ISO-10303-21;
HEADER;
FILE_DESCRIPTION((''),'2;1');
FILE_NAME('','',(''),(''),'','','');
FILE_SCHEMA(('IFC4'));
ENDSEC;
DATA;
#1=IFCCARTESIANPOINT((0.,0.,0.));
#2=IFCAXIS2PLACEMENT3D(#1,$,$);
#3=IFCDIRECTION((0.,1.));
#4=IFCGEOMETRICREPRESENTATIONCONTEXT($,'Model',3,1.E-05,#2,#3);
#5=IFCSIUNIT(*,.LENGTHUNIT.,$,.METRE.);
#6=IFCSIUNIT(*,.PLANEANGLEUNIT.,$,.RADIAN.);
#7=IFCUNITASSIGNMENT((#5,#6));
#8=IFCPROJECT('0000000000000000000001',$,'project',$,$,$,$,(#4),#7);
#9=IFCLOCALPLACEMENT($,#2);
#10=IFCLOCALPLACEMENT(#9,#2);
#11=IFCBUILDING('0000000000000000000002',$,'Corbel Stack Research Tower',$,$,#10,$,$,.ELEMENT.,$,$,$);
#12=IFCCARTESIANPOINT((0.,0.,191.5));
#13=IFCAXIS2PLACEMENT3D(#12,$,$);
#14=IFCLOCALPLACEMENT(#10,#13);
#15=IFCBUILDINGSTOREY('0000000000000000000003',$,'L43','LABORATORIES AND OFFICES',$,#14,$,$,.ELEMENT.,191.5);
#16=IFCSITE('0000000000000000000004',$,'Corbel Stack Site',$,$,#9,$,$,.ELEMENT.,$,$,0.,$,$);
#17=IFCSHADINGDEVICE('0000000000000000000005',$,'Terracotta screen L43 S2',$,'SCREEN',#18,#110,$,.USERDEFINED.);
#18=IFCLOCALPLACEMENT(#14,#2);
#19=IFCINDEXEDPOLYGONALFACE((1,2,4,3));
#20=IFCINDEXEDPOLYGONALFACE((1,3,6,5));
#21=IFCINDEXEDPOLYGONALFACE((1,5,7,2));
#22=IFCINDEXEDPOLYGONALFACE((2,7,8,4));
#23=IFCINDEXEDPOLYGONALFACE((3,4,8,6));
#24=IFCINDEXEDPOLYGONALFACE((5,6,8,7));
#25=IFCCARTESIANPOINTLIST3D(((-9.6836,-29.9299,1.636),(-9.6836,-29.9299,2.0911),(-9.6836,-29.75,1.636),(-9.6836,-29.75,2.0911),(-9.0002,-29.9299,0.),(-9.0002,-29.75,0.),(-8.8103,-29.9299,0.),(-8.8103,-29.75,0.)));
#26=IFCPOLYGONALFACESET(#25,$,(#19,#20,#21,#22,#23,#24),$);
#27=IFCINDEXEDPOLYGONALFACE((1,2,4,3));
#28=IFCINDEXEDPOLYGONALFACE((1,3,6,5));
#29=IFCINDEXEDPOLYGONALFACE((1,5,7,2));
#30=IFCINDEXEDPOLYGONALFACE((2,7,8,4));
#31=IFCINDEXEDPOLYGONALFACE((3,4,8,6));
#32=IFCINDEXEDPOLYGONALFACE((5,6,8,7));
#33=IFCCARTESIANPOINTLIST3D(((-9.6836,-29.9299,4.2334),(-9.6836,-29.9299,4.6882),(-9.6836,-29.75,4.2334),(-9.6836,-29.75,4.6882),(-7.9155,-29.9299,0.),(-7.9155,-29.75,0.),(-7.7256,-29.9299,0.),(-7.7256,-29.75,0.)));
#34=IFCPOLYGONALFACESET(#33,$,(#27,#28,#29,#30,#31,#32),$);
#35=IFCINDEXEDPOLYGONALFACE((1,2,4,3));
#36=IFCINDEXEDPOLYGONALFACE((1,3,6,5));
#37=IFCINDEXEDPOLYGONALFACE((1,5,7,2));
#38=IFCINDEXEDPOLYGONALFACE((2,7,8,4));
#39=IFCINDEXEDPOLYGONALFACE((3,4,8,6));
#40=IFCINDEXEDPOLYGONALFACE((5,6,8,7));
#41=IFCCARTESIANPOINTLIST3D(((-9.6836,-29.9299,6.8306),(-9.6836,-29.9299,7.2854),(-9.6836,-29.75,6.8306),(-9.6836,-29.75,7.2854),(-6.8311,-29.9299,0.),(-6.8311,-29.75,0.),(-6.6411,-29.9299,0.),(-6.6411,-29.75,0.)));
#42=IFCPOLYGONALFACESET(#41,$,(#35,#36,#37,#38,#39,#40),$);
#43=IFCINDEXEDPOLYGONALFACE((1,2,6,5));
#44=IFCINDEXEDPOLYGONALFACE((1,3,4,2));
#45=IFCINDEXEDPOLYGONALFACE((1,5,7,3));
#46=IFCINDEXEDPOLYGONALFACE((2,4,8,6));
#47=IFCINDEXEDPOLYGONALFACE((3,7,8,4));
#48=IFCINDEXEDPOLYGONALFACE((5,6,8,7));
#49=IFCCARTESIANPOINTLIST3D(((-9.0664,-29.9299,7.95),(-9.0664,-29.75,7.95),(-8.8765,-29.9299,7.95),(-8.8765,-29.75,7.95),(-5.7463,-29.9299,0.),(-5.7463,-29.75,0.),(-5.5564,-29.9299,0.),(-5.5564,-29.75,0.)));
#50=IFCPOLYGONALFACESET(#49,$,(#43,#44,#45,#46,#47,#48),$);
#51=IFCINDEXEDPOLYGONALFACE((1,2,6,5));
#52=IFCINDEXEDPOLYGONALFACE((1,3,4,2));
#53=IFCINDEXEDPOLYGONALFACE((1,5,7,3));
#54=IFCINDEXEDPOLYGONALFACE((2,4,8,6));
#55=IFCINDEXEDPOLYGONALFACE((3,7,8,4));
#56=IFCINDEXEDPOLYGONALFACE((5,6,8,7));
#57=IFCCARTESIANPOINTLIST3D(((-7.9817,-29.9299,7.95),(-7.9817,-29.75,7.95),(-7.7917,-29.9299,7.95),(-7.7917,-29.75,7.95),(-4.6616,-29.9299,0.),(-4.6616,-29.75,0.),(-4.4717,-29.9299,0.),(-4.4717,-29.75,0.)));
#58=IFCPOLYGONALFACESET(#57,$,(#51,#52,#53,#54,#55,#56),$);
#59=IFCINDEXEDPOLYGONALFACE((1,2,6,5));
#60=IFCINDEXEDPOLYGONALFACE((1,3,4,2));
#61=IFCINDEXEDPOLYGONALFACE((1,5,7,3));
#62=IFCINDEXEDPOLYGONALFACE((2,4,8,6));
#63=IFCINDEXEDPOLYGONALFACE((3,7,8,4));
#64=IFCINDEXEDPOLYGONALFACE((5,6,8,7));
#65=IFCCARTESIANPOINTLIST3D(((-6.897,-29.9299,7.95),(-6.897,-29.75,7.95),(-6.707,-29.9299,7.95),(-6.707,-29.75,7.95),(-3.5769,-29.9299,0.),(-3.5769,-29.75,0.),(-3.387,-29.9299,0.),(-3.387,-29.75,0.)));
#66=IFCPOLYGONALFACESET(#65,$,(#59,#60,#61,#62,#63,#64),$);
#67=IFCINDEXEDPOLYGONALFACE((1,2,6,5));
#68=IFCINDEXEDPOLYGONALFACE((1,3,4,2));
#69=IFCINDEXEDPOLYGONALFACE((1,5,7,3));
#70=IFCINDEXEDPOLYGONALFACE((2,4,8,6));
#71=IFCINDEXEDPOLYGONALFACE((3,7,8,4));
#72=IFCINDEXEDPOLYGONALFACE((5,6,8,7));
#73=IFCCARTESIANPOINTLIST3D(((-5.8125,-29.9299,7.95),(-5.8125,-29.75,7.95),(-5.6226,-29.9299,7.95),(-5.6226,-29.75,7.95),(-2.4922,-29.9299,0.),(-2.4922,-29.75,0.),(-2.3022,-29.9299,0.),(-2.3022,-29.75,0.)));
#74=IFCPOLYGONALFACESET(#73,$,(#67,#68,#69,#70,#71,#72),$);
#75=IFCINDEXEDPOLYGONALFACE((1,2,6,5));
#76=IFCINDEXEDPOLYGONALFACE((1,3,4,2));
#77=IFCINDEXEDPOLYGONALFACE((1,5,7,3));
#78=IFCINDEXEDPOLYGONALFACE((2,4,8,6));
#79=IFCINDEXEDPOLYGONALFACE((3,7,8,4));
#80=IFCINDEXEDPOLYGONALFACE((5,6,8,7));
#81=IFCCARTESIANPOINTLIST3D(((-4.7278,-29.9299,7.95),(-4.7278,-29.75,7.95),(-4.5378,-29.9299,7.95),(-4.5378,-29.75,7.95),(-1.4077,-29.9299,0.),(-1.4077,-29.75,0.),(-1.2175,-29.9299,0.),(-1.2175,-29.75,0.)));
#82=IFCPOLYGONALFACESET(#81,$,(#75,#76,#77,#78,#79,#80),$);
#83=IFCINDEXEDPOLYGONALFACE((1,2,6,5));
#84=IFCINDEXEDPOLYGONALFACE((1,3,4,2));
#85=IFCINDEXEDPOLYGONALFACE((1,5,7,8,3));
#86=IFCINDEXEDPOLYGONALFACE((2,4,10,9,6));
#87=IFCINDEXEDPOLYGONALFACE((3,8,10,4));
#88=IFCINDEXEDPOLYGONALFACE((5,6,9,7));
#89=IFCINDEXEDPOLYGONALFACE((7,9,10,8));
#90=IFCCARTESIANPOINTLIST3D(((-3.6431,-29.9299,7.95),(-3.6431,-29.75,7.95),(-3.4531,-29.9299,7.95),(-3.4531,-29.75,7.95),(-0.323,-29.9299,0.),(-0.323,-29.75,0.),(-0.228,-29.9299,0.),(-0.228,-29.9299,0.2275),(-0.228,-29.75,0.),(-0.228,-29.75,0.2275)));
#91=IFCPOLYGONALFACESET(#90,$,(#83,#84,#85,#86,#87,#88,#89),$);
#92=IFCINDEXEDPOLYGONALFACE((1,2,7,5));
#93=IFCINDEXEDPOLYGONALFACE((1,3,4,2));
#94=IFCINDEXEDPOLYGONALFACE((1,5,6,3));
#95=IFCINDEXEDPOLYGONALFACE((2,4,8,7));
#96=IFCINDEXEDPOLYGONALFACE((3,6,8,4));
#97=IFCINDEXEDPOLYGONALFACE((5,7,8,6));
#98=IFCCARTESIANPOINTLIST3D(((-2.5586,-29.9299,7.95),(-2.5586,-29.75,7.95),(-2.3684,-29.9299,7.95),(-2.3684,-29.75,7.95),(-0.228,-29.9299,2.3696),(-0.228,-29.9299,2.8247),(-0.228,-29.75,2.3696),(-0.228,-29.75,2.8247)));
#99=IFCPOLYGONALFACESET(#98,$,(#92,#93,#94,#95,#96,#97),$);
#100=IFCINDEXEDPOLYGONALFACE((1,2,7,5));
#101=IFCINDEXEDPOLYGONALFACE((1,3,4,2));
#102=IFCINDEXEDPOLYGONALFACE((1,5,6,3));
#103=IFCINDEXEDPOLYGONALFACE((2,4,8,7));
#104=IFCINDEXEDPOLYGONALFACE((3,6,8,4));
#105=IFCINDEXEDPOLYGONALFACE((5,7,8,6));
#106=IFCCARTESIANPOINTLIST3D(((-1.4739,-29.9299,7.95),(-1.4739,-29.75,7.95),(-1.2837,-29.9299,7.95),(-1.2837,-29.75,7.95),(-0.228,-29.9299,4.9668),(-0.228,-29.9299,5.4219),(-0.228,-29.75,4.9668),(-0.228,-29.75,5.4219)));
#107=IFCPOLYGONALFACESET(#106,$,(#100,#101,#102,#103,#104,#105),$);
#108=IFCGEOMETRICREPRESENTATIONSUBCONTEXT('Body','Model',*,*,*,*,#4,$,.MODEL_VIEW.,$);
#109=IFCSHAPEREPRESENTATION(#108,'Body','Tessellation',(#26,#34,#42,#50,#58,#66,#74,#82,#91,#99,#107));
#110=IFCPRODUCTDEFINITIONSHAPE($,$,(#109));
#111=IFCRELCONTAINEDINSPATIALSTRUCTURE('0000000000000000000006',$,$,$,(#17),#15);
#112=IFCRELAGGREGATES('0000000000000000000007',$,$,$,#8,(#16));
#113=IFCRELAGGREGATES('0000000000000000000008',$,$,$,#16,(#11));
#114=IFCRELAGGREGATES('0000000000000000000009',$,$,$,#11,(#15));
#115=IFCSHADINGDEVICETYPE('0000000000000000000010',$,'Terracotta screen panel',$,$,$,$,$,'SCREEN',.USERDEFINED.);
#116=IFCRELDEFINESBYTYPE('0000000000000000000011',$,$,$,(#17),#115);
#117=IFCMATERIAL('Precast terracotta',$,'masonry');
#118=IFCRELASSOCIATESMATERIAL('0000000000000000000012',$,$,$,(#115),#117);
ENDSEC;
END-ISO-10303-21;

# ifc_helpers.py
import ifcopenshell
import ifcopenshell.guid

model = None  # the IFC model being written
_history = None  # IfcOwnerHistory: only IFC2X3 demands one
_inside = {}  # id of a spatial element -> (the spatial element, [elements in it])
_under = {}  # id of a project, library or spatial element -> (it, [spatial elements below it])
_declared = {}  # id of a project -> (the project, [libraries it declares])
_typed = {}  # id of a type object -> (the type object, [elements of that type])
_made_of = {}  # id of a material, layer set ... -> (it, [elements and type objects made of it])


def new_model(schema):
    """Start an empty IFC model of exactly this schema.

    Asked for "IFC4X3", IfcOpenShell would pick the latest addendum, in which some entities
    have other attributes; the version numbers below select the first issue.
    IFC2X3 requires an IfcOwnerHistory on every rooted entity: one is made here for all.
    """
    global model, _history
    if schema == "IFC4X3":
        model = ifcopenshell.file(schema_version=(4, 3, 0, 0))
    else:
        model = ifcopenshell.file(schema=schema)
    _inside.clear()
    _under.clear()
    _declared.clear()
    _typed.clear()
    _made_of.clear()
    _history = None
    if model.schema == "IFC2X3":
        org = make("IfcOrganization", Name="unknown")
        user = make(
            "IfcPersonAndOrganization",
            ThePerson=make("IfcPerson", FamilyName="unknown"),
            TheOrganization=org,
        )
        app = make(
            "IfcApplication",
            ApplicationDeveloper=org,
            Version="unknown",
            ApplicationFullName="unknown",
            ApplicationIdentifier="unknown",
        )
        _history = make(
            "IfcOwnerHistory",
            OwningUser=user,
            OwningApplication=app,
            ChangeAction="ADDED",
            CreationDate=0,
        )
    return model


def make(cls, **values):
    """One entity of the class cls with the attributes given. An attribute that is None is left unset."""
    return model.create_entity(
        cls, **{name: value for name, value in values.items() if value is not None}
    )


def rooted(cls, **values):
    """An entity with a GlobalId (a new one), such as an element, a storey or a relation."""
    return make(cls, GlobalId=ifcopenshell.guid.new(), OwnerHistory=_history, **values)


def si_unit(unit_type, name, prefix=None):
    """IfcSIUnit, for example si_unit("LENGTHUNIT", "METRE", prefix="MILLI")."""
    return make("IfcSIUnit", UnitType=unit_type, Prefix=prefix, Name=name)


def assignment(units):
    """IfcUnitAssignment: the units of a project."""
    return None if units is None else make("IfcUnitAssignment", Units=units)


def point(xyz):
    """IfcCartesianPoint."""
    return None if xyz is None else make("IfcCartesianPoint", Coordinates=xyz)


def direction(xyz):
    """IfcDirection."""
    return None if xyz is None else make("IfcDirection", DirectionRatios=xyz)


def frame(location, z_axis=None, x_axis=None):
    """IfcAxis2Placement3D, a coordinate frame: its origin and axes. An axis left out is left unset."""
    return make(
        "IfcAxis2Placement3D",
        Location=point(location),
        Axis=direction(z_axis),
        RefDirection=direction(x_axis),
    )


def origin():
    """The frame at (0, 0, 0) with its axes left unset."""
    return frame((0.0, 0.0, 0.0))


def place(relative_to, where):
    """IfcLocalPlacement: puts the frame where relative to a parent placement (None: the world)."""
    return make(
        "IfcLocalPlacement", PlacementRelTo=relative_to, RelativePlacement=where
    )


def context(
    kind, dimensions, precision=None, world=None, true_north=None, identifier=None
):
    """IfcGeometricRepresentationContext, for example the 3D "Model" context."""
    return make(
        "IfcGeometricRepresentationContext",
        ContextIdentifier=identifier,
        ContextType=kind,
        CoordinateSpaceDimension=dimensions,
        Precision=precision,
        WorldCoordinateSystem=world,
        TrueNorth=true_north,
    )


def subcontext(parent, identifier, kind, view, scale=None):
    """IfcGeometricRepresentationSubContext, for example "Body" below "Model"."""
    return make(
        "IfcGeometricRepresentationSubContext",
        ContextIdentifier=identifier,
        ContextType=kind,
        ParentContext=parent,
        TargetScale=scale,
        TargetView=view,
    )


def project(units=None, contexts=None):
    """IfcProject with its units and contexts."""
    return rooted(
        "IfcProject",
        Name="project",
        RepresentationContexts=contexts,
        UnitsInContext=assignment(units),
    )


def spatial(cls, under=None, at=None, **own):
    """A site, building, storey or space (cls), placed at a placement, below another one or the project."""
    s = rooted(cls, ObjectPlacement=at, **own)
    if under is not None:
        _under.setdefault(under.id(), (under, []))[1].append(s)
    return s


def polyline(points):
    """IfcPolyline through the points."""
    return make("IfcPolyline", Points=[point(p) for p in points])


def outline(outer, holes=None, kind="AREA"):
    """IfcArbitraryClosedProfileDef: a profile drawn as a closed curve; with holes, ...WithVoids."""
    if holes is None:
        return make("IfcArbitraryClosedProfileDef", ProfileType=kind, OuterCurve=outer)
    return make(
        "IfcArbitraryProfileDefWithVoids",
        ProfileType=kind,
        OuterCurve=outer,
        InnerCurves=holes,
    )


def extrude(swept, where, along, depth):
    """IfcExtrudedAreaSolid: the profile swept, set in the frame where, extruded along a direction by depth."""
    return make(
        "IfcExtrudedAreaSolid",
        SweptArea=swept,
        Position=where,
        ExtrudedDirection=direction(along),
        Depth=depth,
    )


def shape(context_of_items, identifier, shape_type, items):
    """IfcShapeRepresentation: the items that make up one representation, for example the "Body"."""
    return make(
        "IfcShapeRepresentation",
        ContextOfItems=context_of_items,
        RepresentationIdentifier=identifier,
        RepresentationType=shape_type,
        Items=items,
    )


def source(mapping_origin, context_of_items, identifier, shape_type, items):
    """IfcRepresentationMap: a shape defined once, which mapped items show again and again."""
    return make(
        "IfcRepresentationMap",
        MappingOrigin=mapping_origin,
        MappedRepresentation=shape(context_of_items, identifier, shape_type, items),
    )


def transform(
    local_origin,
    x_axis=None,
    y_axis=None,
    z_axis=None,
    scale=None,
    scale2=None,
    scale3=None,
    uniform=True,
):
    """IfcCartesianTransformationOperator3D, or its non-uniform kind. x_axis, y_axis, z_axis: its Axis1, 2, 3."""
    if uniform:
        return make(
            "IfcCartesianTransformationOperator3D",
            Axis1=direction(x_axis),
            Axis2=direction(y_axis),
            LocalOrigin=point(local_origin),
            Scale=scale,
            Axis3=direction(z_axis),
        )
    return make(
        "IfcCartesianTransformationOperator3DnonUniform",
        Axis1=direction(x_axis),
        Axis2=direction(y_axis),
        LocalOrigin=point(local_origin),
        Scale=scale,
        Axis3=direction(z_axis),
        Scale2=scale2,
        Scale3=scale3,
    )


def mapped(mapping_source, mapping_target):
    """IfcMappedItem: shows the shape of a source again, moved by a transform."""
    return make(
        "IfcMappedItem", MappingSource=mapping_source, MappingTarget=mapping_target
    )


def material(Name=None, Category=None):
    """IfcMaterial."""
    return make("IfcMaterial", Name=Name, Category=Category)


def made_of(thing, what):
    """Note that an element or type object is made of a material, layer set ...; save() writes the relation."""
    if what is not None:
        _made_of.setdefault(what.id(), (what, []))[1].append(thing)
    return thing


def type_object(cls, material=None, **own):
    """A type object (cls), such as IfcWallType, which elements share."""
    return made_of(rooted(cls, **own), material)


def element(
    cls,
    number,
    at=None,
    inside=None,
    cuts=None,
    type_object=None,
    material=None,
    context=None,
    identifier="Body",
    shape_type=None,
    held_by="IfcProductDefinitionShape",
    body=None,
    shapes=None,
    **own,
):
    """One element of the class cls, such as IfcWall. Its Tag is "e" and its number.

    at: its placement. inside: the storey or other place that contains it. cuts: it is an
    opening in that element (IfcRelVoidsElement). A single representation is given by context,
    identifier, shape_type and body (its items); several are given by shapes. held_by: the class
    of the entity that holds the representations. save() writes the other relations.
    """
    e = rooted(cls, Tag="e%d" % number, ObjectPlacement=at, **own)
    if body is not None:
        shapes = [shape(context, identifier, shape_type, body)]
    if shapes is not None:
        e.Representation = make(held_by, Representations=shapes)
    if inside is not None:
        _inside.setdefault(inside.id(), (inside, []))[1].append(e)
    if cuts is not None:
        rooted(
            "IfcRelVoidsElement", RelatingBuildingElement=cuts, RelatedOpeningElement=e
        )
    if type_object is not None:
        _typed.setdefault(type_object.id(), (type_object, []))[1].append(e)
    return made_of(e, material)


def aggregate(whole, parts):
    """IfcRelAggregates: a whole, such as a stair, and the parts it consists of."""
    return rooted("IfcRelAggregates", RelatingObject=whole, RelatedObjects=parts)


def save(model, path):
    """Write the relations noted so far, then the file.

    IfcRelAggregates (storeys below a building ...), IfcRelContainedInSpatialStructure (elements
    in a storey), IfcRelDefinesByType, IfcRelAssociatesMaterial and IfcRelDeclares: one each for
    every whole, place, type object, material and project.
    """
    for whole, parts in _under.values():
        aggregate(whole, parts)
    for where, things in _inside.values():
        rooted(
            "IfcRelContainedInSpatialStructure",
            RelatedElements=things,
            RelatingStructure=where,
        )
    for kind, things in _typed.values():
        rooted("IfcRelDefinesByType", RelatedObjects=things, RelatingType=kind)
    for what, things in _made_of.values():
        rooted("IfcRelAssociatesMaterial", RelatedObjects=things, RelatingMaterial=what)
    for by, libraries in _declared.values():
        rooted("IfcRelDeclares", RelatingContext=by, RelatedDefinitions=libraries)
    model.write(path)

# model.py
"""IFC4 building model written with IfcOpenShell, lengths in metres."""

from ifc_helpers import new_model, si_unit, direction, frame, origin, place, context, subcontext, project, spatial, polyline, outline, extrude, source, transform, mapped, material, type_object, element, save


model = new_model("IFC4")

# Units and contexts
model_context = context("Model", 3, precision=1e-05, world=origin(), true_north=direction((0.0, 1.0)))
body_context = subcontext(model_context, "Body", "Model", "MODEL_VIEW")
ifc_project = project(units=[si_unit("LENGTHUNIT", "METRE"), si_unit("PLANEANGLEUNIT", "RADIAN")], contexts=[model_context])

# Site, building, storey
site_placement = place(None, origin())
site = spatial("IfcSite", under=ifc_project, at=site_placement, Name="Corbel Stack Site", CompositionType="ELEMENT", RefElevation=0.0)
building_placement = place(site_placement, origin())
building = spatial("IfcBuilding", under=site, at=building_placement, Name="Corbel Stack Research Tower", CompositionType="ELEMENT")
storey_placement = place(building_placement, frame((0.0, 0.0, 191.5)))
storey = spatial("IfcBuildingStorey", under=building, at=storey_placement, Name="L43", Description="LABORATORIES AND OFFICES", CompositionType="ELEMENT", Elevation=191.5)

# Shading device
ifc_material_1 = material(Name="Precast terracotta", Category="masonry")
shading_device_type = type_object("IfcShadingDeviceType", Name="Terracotta screen panel", ElementType="SCREEN", PredefinedType="USERDEFINED", material=ifc_material_1)
shared_shape_1 = source(origin(), body_context, "Body", "SweptSolid", [
    extrude(outline(polyline([(0.8733, 0.0), (0.0, 2.0911), (0.0, 1.636), (0.6833, 0.0), (0.8733, 0.0)])), frame((0.0, 0.0, 0.0), z_axis=(0.0, -1.0, 0.0), x_axis=(1.0, 0.0, 0.0)), (0.0, 0.0, 1.0), 0.1799),
    extrude(outline(polyline([(1.958, 0.0), (0.0, 4.6882), (0.0, 4.2334), (1.7681, 0.0), (1.958, 0.0)])), frame((0.0, 0.0, 0.0), z_axis=(0.0, -1.0, 0.0), x_axis=(1.0, 0.0, 0.0)), (0.0, 0.0, 1.0), 0.1799),
    extrude(outline(polyline([(3.0425, 0.0), (0.0, 7.2854), (0.0, 6.8306), (2.8525, 0.0), (3.0425, 0.0)])), frame((0.0, 0.0, 0.0), z_axis=(0.0, -1.0, 0.0), x_axis=(1.0, 0.0, 0.0)), (0.0, 0.0, 1.0), 0.1799),
    extrude(outline(polyline([(4.1272, 0.0), (0.8071, 7.95), (0.6172, 7.95), (3.9373, 0.0), (4.1272, 0.0)])), frame((0.0, 0.0, 0.0), z_axis=(0.0, -1.0, 0.0), x_axis=(1.0, 0.0, 0.0)), (0.0, 0.0, 1.0), 0.1799),
    extrude(outline(polyline([(5.2119, 0.0), (1.8918, 7.95), (1.7019, 7.95), (5.022, 0.0), (5.2119, 0.0)])), frame((0.0, 0.0, 0.0), z_axis=(0.0, -1.0, 0.0), x_axis=(1.0, 0.0, 0.0)), (0.0, 0.0, 1.0), 0.1799),
    extrude(outline(polyline([(6.2966, 0.0), (2.9766, 7.95), (2.7866, 7.95), (6.1067, 0.0), (6.2966, 0.0)])), frame((0.0, 0.0, 0.0), z_axis=(0.0, -1.0, 0.0), x_axis=(1.0, 0.0, 0.0)), (0.0, 0.0, 1.0), 0.1799),
    extrude(outline(polyline([(7.3813, 0.0), (4.061, 7.95), (3.8711, 7.95), (7.1914, 0.0), (7.3813, 0.0)])), frame((0.0, 0.0, 0.0), z_axis=(0.0, -1.0, 0.0), x_axis=(1.0, 0.0, 0.0)), (0.0, 0.0, 1.0), 0.1799),
    extrude(outline(polyline([(8.4661, 0.0), (5.1458, 7.95), (4.9558, 7.95), (8.2759, 0.0), (8.4661, 0.0)])), frame((0.0, 0.0, 0.0), z_axis=(0.0, -1.0, 0.0), x_axis=(1.0, 0.0, 0.0)), (0.0, 0.0, 1.0), 0.1799),
    extrude(outline(polyline([(9.4556, 0.0), (9.4556, 0.2275), (6.2305, 7.95), (6.0405, 7.95), (9.3606, 0.0), (9.4556, 0.0)])), frame((0.0, 0.0, 0.0), z_axis=(0.0, -1.0, 0.0), x_axis=(1.0, 0.0, 0.0)), (0.0, 0.0, 1.0), 0.1799),
    extrude(outline(polyline([(7.3152, 7.95), (7.125, 7.95), (9.4556, 2.3696), (9.4556, 2.8247), (7.3152, 7.95)])), frame((0.0, 0.0, 0.0), z_axis=(0.0, -1.0, 0.0), x_axis=(1.0, 0.0, 0.0)), (0.0, 0.0, 1.0), 0.1799),
    extrude(outline(polyline([(8.3999, 7.95), (8.2097, 7.95), (9.4556, 4.9668), (9.4556, 5.4219), (8.3999, 7.95)])), frame((0.0, 0.0, 0.0), z_axis=(0.0, -1.0, 0.0), x_axis=(1.0, 0.0, 0.0)), (0.0, 0.0, 1.0), 0.1799),
])
shading_device_1_placement = place(storey_placement, frame((-9.6836, -29.75, 0.0), z_axis=(0.0, 0.0, 1.0), x_axis=(1.0, 0.0, 0.0)))
element("IfcShadingDevice", 1, at=shading_device_1_placement, inside=storey, type_object=shading_device_type, Name="Terracotta screen L43 S2", ObjectType="SCREEN", PredefinedType="USERDEFINED", context=body_context, shape_type="MappedRepresentation", body=[
    mapped(shared_shape_1, transform((0.0, 0.0, 0.0))),
])

save(model, "model.ifc")
